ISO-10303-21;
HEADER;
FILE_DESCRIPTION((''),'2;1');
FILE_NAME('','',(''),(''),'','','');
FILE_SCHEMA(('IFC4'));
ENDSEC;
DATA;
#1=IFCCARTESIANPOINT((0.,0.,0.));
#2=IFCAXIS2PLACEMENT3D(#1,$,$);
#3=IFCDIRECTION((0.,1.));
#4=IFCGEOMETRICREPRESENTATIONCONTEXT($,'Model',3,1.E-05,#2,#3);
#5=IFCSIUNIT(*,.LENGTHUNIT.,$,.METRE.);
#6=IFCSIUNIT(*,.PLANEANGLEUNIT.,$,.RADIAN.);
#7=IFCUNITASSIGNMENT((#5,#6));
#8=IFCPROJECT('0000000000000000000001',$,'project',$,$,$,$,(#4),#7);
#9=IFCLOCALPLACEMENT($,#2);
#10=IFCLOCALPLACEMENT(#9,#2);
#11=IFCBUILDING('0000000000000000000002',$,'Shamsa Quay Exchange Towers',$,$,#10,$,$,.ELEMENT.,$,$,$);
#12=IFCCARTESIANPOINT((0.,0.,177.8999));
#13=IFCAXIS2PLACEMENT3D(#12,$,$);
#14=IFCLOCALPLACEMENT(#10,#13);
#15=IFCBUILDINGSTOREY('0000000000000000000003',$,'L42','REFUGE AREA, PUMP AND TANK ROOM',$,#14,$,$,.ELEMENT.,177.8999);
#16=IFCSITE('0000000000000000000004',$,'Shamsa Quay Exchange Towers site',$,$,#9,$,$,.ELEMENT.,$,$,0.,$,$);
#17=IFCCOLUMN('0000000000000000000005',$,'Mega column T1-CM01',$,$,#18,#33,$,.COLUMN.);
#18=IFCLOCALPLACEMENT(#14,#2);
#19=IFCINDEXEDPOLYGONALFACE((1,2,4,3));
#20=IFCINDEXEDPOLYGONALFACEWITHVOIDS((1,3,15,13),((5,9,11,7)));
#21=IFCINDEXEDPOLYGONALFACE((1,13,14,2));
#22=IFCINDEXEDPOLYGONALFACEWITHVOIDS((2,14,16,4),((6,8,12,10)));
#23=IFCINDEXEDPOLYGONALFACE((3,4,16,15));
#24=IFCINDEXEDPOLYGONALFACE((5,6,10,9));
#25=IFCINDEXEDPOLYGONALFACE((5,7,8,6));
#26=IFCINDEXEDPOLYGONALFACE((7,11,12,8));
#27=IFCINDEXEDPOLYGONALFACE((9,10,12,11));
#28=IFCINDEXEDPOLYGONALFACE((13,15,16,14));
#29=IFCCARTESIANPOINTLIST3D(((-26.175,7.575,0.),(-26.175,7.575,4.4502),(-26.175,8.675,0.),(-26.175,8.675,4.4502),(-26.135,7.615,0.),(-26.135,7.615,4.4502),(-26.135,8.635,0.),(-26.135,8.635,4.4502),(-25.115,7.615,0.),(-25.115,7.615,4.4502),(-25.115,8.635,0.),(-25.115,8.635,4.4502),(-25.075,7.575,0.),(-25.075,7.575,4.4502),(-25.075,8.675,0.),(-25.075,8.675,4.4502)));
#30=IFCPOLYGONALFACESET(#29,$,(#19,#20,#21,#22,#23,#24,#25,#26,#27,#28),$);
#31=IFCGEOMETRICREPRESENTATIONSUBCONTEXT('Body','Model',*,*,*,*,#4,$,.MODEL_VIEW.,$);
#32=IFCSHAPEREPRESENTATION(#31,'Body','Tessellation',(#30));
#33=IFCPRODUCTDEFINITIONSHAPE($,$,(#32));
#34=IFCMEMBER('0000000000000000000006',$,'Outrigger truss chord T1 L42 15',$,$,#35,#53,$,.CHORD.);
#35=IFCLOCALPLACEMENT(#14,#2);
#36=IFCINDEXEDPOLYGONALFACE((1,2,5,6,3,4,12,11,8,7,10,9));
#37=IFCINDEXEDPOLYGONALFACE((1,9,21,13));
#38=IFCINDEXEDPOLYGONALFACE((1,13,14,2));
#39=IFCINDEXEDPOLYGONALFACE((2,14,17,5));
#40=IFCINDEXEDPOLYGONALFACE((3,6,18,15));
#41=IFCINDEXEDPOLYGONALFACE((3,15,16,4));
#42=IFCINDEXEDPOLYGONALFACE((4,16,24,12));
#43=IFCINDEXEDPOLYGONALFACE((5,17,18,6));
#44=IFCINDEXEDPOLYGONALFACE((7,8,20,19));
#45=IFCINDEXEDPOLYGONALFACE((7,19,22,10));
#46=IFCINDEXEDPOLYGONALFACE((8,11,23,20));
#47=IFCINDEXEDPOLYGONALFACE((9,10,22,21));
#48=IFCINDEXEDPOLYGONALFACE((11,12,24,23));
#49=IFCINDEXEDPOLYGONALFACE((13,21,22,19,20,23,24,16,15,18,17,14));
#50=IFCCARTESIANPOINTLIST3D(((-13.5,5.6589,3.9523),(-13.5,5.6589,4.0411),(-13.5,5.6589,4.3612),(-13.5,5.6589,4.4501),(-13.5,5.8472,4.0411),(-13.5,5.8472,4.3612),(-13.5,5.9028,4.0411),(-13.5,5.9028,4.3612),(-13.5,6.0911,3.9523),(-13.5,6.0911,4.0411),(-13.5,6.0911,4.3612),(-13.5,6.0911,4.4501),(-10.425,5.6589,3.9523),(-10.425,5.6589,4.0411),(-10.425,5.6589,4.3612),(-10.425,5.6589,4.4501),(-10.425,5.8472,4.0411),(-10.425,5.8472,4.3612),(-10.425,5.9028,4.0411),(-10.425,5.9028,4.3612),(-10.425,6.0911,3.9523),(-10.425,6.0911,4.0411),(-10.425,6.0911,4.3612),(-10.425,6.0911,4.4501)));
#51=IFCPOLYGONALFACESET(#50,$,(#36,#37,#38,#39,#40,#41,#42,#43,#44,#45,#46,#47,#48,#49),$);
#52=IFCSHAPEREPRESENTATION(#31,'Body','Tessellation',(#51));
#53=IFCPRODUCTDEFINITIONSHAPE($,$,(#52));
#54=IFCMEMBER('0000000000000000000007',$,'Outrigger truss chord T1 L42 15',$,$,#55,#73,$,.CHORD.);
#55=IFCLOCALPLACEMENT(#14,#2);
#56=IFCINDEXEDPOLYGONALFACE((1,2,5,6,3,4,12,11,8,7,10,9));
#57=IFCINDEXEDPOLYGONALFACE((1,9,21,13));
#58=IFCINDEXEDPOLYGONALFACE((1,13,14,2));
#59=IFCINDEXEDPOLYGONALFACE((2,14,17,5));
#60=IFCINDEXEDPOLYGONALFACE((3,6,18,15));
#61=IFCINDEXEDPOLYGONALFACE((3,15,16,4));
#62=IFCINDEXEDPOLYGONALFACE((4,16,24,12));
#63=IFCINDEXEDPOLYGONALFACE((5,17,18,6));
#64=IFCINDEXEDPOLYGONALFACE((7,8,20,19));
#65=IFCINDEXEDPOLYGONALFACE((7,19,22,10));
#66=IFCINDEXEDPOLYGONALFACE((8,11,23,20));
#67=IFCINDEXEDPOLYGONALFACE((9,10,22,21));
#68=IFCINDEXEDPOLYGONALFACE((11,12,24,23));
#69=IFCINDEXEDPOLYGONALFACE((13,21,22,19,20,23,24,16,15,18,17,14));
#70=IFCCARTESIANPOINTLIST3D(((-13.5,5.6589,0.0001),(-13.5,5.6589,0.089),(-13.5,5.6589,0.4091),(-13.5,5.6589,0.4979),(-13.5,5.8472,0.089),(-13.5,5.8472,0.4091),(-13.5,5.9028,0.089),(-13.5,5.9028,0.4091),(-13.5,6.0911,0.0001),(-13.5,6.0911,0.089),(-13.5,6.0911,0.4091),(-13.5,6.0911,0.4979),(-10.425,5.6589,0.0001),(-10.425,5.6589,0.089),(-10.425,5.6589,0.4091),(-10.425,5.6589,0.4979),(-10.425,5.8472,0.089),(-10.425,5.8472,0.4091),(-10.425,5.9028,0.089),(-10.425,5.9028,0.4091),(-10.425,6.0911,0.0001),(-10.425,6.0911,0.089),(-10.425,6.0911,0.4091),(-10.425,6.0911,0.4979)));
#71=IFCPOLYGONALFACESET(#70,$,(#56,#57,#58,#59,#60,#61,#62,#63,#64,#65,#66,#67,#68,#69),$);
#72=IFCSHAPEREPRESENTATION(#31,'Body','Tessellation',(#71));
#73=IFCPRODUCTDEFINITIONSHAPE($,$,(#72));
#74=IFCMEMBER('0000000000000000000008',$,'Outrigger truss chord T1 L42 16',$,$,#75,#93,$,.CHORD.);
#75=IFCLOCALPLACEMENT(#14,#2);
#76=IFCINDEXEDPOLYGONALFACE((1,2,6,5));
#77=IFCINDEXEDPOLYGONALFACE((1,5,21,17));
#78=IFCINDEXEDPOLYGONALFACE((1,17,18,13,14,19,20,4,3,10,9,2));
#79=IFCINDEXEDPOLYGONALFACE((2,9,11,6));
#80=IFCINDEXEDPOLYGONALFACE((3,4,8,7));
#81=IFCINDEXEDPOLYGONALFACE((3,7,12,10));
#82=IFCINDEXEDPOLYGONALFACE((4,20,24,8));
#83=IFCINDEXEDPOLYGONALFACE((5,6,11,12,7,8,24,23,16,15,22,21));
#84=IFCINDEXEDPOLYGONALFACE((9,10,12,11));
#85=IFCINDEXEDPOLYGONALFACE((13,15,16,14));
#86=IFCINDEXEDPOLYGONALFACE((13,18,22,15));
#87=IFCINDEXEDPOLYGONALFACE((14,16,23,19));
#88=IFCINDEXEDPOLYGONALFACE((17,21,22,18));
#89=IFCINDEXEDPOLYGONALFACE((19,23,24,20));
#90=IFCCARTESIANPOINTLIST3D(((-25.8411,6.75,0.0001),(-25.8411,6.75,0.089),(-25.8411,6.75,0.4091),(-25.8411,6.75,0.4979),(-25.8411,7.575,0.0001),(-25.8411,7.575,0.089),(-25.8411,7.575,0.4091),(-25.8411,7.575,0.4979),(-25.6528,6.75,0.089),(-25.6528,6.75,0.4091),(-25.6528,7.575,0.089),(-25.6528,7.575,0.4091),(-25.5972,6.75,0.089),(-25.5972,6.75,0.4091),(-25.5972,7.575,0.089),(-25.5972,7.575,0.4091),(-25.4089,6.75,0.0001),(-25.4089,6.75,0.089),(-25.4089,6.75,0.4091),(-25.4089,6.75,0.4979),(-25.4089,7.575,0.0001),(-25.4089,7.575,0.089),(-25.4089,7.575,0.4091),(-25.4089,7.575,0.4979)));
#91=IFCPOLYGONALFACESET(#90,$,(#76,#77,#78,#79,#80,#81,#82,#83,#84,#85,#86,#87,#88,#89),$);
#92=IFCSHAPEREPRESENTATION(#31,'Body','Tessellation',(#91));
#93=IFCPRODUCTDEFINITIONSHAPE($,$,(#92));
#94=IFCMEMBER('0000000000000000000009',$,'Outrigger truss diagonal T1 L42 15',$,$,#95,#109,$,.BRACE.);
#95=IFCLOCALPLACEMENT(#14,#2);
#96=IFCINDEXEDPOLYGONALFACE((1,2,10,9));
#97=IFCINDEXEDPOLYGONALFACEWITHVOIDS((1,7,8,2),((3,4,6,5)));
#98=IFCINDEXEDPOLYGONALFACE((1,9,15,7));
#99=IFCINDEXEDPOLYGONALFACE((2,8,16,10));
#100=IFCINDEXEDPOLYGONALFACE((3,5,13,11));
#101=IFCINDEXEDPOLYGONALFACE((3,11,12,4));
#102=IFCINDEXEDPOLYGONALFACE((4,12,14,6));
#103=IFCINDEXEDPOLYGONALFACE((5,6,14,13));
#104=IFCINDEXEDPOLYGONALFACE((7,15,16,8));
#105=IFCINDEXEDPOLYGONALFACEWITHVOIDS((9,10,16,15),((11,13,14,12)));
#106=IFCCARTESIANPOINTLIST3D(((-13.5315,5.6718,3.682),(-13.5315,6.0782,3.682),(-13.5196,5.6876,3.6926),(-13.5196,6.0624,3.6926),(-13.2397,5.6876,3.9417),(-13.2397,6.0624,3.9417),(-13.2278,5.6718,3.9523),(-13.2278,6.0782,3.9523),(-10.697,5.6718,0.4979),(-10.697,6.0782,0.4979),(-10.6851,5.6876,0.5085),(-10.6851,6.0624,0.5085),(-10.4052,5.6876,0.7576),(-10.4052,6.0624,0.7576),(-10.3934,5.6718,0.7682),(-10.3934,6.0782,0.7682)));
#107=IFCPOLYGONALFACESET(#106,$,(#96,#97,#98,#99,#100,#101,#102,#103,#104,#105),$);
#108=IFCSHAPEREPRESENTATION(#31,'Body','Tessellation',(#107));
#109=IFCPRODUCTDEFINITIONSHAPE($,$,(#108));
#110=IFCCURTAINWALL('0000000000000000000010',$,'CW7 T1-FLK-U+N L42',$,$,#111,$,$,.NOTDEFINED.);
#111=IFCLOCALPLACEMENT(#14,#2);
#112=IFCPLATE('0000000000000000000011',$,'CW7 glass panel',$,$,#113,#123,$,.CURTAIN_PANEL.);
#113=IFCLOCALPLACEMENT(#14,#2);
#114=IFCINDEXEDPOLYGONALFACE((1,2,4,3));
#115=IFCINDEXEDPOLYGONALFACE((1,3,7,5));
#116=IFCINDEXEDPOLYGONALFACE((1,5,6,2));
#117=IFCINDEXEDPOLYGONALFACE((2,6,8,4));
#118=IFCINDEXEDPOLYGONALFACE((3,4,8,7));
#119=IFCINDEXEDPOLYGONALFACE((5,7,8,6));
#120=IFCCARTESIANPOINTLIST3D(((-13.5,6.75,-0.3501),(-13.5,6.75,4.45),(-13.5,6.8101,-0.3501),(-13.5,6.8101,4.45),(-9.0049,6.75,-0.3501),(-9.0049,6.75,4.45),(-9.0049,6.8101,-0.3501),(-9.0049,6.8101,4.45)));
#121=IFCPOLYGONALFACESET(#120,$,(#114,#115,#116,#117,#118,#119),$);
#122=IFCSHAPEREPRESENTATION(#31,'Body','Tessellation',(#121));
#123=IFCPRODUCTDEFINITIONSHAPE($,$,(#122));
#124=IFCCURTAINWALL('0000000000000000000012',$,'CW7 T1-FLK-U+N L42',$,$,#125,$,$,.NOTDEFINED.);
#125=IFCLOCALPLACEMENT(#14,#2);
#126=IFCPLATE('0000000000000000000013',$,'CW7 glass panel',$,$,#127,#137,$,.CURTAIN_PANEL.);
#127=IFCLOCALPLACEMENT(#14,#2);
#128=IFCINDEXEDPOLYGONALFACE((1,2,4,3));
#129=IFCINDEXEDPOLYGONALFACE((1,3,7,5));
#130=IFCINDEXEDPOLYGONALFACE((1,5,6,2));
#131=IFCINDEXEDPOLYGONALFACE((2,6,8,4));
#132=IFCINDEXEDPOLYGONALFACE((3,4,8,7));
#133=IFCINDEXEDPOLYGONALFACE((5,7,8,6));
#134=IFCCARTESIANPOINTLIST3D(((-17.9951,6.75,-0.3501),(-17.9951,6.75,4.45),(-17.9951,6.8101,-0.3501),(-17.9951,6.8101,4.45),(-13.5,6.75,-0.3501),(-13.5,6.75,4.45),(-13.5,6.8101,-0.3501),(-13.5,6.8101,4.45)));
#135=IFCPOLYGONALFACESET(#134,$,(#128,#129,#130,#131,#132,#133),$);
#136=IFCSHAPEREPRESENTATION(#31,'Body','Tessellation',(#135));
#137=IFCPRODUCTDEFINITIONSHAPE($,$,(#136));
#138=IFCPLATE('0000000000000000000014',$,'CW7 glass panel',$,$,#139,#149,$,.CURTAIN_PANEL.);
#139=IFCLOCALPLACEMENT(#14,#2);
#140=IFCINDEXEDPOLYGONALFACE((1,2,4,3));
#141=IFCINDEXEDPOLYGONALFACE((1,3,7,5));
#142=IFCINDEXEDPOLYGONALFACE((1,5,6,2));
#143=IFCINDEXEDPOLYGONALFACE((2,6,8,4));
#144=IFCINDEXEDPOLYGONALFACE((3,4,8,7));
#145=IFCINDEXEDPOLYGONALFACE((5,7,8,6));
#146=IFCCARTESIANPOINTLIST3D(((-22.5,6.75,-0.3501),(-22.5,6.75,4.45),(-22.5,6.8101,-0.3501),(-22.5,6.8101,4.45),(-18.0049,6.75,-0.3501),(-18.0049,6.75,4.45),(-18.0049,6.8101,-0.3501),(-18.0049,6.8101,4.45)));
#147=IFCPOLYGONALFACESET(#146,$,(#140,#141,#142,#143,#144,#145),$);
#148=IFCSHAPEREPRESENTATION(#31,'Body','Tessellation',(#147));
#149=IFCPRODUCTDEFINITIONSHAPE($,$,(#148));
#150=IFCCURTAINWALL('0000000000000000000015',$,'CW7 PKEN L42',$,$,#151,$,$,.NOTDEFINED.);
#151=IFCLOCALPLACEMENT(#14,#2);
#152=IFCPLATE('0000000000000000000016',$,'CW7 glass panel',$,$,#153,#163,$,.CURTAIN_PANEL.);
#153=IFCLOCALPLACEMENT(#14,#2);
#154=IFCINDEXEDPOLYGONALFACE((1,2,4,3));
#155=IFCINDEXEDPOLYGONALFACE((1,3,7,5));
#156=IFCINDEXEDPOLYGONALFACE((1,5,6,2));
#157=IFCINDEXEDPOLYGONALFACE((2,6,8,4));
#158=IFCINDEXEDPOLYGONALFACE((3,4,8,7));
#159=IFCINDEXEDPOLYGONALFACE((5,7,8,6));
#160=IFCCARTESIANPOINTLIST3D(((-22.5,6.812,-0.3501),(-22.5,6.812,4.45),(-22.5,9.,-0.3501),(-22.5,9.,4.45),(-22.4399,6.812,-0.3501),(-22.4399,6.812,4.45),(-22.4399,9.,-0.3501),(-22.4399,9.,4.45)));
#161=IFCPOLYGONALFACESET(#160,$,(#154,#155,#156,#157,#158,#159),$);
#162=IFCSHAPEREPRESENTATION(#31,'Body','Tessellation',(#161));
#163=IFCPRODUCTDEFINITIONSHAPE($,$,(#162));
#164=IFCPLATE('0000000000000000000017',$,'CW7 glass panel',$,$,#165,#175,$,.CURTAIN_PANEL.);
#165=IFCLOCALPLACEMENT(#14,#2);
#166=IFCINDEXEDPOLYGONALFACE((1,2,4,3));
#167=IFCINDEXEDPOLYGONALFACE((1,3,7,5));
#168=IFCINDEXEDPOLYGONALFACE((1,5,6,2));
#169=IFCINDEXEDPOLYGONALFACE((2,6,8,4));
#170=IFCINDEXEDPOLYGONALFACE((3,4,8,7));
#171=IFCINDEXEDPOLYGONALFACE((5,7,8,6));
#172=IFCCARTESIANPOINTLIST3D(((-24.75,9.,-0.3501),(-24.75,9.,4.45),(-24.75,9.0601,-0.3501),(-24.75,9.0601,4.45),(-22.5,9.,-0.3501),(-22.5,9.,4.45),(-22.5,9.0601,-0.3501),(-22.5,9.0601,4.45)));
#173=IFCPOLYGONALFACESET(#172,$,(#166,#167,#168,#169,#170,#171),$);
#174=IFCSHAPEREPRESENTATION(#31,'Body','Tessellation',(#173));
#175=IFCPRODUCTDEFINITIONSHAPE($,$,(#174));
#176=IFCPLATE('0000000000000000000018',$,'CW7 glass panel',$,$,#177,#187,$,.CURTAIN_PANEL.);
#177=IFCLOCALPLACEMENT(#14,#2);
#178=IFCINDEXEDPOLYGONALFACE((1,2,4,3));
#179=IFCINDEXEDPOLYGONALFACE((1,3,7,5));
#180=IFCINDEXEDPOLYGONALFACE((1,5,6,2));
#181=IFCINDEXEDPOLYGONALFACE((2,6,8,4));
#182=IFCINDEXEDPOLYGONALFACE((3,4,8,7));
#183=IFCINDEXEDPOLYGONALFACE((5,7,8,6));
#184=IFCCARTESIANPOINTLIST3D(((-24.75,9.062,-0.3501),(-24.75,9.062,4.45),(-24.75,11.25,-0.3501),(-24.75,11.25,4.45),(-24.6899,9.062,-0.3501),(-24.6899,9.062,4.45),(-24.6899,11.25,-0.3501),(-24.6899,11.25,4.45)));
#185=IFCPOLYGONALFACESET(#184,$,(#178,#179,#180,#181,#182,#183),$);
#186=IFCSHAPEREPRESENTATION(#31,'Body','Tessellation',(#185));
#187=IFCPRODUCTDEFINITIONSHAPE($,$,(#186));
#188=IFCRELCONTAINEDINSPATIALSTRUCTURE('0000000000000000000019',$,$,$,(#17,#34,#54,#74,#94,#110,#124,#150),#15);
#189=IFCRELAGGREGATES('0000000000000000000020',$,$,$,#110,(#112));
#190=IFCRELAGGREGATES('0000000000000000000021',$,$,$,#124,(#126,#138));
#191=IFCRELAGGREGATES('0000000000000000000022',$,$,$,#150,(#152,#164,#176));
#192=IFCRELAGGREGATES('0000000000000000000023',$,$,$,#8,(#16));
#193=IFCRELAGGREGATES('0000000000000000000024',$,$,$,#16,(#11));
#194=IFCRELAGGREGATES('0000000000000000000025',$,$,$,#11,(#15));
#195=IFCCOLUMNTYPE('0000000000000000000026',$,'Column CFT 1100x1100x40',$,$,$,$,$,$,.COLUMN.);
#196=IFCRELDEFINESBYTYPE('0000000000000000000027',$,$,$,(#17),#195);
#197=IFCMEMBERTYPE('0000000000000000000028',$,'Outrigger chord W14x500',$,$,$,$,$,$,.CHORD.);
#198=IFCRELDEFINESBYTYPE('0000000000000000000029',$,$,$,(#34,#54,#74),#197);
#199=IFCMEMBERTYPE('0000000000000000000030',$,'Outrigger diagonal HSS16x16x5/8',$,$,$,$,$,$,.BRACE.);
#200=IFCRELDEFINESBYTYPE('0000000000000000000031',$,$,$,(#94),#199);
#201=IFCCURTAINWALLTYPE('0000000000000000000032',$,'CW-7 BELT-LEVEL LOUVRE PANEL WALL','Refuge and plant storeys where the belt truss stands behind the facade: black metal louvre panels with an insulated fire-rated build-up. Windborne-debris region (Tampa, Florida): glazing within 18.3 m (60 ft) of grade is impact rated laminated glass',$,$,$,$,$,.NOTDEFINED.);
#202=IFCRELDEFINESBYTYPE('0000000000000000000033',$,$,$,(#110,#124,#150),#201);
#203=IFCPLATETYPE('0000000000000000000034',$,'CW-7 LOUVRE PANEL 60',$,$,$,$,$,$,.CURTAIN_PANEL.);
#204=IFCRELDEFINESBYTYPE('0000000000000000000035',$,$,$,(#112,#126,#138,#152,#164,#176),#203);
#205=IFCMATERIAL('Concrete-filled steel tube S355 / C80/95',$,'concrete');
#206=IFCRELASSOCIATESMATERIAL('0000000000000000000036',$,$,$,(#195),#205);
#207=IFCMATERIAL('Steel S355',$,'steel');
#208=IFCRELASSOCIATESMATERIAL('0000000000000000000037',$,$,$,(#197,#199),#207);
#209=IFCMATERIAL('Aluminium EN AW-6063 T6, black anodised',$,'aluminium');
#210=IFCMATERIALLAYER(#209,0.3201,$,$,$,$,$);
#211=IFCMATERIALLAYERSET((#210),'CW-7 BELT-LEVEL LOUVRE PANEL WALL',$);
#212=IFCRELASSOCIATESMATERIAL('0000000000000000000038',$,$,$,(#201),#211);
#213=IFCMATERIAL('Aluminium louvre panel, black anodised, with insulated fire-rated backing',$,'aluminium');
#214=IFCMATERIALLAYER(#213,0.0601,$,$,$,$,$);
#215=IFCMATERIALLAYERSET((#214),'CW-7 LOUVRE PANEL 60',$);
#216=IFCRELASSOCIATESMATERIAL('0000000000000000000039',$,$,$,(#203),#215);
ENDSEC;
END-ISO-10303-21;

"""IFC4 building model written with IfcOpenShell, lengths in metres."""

from ifc_helpers import new_model, si_unit, direction, frame, origin, origin_2d, place, context, subcontext, project, spatial, rectangle, hollow_rectangle, i_section, extrude, material, layer, layer_set, material_profile, profile_set, type_object, element, aggregate, save


model = new_model("IFC4")

# Units and contexts
model_context = context("Model", 3, precision=1e-05, world=origin(), true_north=direction((0.0, 1.0)))
body_context = subcontext(model_context, "Body", "Model", "MODEL_VIEW")
ifc_project = project(units=[si_unit("LENGTHUNIT", "METRE"), si_unit("PLANEANGLEUNIT", "RADIAN")], contexts=[model_context])

# Site, building, storey
site_placement = place(None, origin())
site = spatial("IfcSite", under=ifc_project, at=site_placement, Name="Shamsa Quay Exchange Towers site", CompositionType="ELEMENT", RefElevation=0.0)
building_placement = place(site_placement, origin())
building = spatial("IfcBuilding", under=site, at=building_placement, Name="Shamsa Quay Exchange Towers", CompositionType="ELEMENT")
storey_placement = place(building_placement, frame((0.0, 0.0, 177.8999)))
storey = spatial("IfcBuildingStorey", under=building, at=storey_placement, Name="L42", Description="REFUGE AREA, PUMP AND TANK ROOM", CompositionType="ELEMENT", Elevation=177.8999)

# Column
ifc_material_1 = material(Name="Concrete-filled steel tube S355 / C80/95", Category="concrete")
ifc_material_profile_1 = material_profile(ifc_material_1, hollow_rectangle(XDim=1.1001, YDim=1.1001, WallThickness=0.04, at=origin_2d()), Name="CFT 1100x1100x40")
ifc_profile_set_1 = profile_set([ifc_material_profile_1], Name="Concrete-filled steel tube S355 / C80/95")
column_type = type_object("IfcColumnType", Name="Column CFT 1100x1100x40", PredefinedType="COLUMN", material=ifc_profile_set_1)
column_placement = place(storey_placement, frame((-25.625, 8.125, 0.0)))
element("IfcColumn", 1, at=column_placement, inside=storey, type_object=column_type, Name="Mega column T1-CM01", PredefinedType="COLUMN", context=body_context, shape_type="SweptSolid", body=[
    extrude(hollow_rectangle(XDim=1.1001, YDim=1.1001, WallThickness=0.04, at=origin_2d()), origin(), (0.0, 0.0, 1.0), 4.4502),
])

# Members
ifc_material_2 = material(Name="Steel S355", Category="steel")
ifc_material_profile_2 = material_profile(ifc_material_2, i_section(OverallWidth=0.4321, OverallDepth=0.4978, WebThickness=0.0557, FlangeThickness=0.0889, at=origin_2d()), Name="W14x500")
ifc_profile_set_2 = profile_set([ifc_material_profile_2], Name="Steel S355")
member_type_1 = type_object("IfcMemberType", Name="Outrigger chord W14x500", PredefinedType="CHORD", material=ifc_profile_set_2)
for number, where, z_axis, x_axis, name in (
    (2, (-10.425, 5.875, 4.2012), (-1.0, 0.0, 0.0), (0.0, -1.0, 0.0), "Outrigger truss chord T1 L42 15"),
    (3, (-10.425, 5.875, 0.249), (-1.0, 0.0, 0.0), (0.0, -1.0, 0.0), "Outrigger truss chord T1 L42 15"),
):
    element("IfcMember", number, at=place(storey_placement, frame(where, z_axis=z_axis, x_axis=x_axis)), inside=storey, type_object=member_type_1, Name=name, PredefinedType="CHORD", context=body_context, shape_type="SweptSolid", body=[
        extrude(i_section(OverallWidth=0.4321, OverallDepth=0.4978, WebThickness=0.0557, FlangeThickness=0.0889, at=origin_2d()), origin(), (0.0, 0.0, 1.0), 3.075),
    ])
member_1_placement = place(storey_placement, frame((-25.625, 7.575, 0.249), z_axis=(0.0, -1.0, 0.0), x_axis=(1.0, 0.0, 0.0)))
element("IfcMember", 4, at=member_1_placement, inside=storey, type_object=member_type_1, Name="Outrigger truss chord T1 L42 16", PredefinedType="CHORD", context=body_context, shape_type="SweptSolid", body=[
    extrude(i_section(OverallWidth=0.4321, OverallDepth=0.4978, WebThickness=0.0557, FlangeThickness=0.0889, at=origin_2d()), origin(), (0.0, 0.0, 1.0), 0.825),
])
ifc_material_profile_3 = material_profile(ifc_material_2, hollow_rectangle(XDim=0.4065, YDim=0.4065, WallThickness=0.0159, at=origin_2d()), Name="HSS16x16x5/8")
ifc_profile_set_3 = profile_set([ifc_material_profile_3], Name="Steel S355")
member_type_2 = type_object("IfcMemberType", Name="Outrigger diagonal HSS16x16x5/8", PredefinedType="BRACE", material=ifc_profile_set_3)
member_2_placement = place(storey_placement, frame((-10.5452, 5.875, 0.6331), z_axis=(-0.664911, 0.0, 0.746923), x_axis=(0.0, -1.0, 0.0)))
element("IfcMember", 5, at=member_2_placement, inside=storey, type_object=member_type_2, Name="Outrigger truss diagonal T1 L42 15", PredefinedType="BRACE", context=body_context, shape_type="SweptSolid", body=[
    extrude(hollow_rectangle(XDim=0.4065, YDim=0.4065, WallThickness=0.0159, at=origin_2d()), origin(), (0.0, 0.0, 1.0), 4.2629),
])

# Curtain wall, plate
ifc_material_3 = material(Name="Aluminium EN AW-6063 T6, black anodised", Category="aluminium")
ifc_layer_1 = layer(ifc_material_3, 0.3201)
ifc_layer_set_1 = layer_set([ifc_layer_1], Name="CW-7 BELT-LEVEL LOUVRE PANEL WALL")
curtain_wall_type = type_object("IfcCurtainWallType", Name="CW-7 BELT-LEVEL LOUVRE PANEL WALL", Description="Refuge and plant storeys where the belt truss stands behind the facade: black metal louvre panels with an insulated fire-rated build-up. Windborne-debris region (Tampa, Florida): glazing within 18.3 m (60 ft) of grade is impact rated laminated glass", PredefinedType="NOTDEFINED", material=ifc_layer_set_1)
curtain_wall_1_placement = place(storey_placement, origin())
curtain_wall_1 = element("IfcCurtainWall", 6, at=curtain_wall_1_placement, inside=storey, type_object=curtain_wall_type, Name="CW7 T1-FLK-U+N L42", PredefinedType="NOTDEFINED")
ifc_material_4 = material(Name="Aluminium louvre panel, black anodised, with insulated fire-rated backing", Category="aluminium")
ifc_layer_2 = layer(ifc_material_4, 0.0601)
ifc_layer_set_2 = layer_set([ifc_layer_2], Name="CW-7 LOUVRE PANEL 60")
plate_type = type_object("IfcPlateType", Name="CW-7 LOUVRE PANEL 60", PredefinedType="CURTAIN_PANEL", material=ifc_layer_set_2)
plate_1_placement = place(storey_placement, frame((-11.2524, 6.78, -0.3501), z_axis=(0.0, 0.0, 1.0), x_axis=(-1.0, 0.0, 0.0)))
plate_1 = element("IfcPlate", 7, at=plate_1_placement, type_object=plate_type, Name="CW7 glass panel", PredefinedType="CURTAIN_PANEL", context=body_context, shape_type="SweptSolid", body=[
    extrude(rectangle(XDim=4.4951, YDim=0.0601, at=origin_2d()), origin(), (0.0, 0.0, 1.0), 4.8),
])
aggregate(curtain_wall_1, [plate_1])

# Curtain walls, plates
curtain_wall_2_placement = place(storey_placement, origin())
curtain_wall_2 = element("IfcCurtainWall", 8, at=curtain_wall_2_placement, inside=storey, type_object=curtain_wall_type, Name="CW7 T1-FLK-U+N L42", PredefinedType="NOTDEFINED")
plate_2_placement = place(storey_placement, frame((-15.7476, 6.78, -0.3501), z_axis=(0.0, 0.0, 1.0), x_axis=(-1.0, 0.0, 0.0)))
plate_2 = element("IfcPlate", 9, at=plate_2_placement, type_object=plate_type, Name="CW7 glass panel", PredefinedType="CURTAIN_PANEL", context=body_context, shape_type="SweptSolid", body=[
    extrude(rectangle(XDim=4.4951, YDim=0.0601, at=origin_2d()), origin(), (0.0, 0.0, 1.0), 4.8),
])
plate_3_placement = place(storey_placement, frame((-20.2524, 6.78, -0.3501), z_axis=(0.0, 0.0, 1.0), x_axis=(-1.0, 0.0, 0.0)))
plate_3 = element("IfcPlate", 10, at=plate_3_placement, type_object=plate_type, Name="CW7 glass panel", PredefinedType="CURTAIN_PANEL", context=body_context, shape_type="SweptSolid", body=[
    extrude(rectangle(XDim=4.4951, YDim=0.0601, at=origin_2d()), origin(), (0.0, 0.0, 1.0), 4.8),
])
aggregate(curtain_wall_2, [plate_2, plate_3])
curtain_wall_3_placement = place(storey_placement, origin())
curtain_wall_3 = element("IfcCurtainWall", 11, at=curtain_wall_3_placement, inside=storey, type_object=curtain_wall_type, Name="CW7 PKEN L42", PredefinedType="NOTDEFINED")
plate_4_placement = place(storey_placement, frame((-22.47, 7.906, -0.3501), z_axis=(0.0, 0.0, 1.0), x_axis=(0.0, 1.0, 0.0)))
plate_4 = element("IfcPlate", 12, at=plate_4_placement, type_object=plate_type, Name="CW7 glass panel", PredefinedType="CURTAIN_PANEL", context=body_context, shape_type="SweptSolid", body=[
    extrude(rectangle(XDim=2.188, YDim=0.0601, at=origin_2d()), origin(), (0.0, 0.0, 1.0), 4.8),
])
plate_5_placement = place(storey_placement, frame((-23.625, 9.03, -0.3501), z_axis=(0.0, 0.0, 1.0), x_axis=(-1.0, 0.0, 0.0)))
plate_5 = element("IfcPlate", 13, at=plate_5_placement, type_object=plate_type, Name="CW7 glass panel", PredefinedType="CURTAIN_PANEL", context=body_context, shape_type="SweptSolid", body=[
    extrude(rectangle(XDim=2.25, YDim=0.0601, at=origin_2d()), origin(), (0.0, 0.0, 1.0), 4.8),
])
plate_6_placement = place(storey_placement, frame((-24.72, 10.156, -0.3501), z_axis=(0.0, 0.0, 1.0), x_axis=(0.0, 1.0, 0.0)))
plate_6 = element("IfcPlate", 14, at=plate_6_placement, type_object=plate_type, Name="CW7 glass panel", PredefinedType="CURTAIN_PANEL", context=body_context, shape_type="SweptSolid", body=[
    extrude(rectangle(XDim=2.188, YDim=0.0601, at=origin_2d()), origin(), (0.0, 0.0, 1.0), 4.8),
])
aggregate(curtain_wall_3, [plate_4, plate_5, plate_6])

save(model, "model.ifc")
